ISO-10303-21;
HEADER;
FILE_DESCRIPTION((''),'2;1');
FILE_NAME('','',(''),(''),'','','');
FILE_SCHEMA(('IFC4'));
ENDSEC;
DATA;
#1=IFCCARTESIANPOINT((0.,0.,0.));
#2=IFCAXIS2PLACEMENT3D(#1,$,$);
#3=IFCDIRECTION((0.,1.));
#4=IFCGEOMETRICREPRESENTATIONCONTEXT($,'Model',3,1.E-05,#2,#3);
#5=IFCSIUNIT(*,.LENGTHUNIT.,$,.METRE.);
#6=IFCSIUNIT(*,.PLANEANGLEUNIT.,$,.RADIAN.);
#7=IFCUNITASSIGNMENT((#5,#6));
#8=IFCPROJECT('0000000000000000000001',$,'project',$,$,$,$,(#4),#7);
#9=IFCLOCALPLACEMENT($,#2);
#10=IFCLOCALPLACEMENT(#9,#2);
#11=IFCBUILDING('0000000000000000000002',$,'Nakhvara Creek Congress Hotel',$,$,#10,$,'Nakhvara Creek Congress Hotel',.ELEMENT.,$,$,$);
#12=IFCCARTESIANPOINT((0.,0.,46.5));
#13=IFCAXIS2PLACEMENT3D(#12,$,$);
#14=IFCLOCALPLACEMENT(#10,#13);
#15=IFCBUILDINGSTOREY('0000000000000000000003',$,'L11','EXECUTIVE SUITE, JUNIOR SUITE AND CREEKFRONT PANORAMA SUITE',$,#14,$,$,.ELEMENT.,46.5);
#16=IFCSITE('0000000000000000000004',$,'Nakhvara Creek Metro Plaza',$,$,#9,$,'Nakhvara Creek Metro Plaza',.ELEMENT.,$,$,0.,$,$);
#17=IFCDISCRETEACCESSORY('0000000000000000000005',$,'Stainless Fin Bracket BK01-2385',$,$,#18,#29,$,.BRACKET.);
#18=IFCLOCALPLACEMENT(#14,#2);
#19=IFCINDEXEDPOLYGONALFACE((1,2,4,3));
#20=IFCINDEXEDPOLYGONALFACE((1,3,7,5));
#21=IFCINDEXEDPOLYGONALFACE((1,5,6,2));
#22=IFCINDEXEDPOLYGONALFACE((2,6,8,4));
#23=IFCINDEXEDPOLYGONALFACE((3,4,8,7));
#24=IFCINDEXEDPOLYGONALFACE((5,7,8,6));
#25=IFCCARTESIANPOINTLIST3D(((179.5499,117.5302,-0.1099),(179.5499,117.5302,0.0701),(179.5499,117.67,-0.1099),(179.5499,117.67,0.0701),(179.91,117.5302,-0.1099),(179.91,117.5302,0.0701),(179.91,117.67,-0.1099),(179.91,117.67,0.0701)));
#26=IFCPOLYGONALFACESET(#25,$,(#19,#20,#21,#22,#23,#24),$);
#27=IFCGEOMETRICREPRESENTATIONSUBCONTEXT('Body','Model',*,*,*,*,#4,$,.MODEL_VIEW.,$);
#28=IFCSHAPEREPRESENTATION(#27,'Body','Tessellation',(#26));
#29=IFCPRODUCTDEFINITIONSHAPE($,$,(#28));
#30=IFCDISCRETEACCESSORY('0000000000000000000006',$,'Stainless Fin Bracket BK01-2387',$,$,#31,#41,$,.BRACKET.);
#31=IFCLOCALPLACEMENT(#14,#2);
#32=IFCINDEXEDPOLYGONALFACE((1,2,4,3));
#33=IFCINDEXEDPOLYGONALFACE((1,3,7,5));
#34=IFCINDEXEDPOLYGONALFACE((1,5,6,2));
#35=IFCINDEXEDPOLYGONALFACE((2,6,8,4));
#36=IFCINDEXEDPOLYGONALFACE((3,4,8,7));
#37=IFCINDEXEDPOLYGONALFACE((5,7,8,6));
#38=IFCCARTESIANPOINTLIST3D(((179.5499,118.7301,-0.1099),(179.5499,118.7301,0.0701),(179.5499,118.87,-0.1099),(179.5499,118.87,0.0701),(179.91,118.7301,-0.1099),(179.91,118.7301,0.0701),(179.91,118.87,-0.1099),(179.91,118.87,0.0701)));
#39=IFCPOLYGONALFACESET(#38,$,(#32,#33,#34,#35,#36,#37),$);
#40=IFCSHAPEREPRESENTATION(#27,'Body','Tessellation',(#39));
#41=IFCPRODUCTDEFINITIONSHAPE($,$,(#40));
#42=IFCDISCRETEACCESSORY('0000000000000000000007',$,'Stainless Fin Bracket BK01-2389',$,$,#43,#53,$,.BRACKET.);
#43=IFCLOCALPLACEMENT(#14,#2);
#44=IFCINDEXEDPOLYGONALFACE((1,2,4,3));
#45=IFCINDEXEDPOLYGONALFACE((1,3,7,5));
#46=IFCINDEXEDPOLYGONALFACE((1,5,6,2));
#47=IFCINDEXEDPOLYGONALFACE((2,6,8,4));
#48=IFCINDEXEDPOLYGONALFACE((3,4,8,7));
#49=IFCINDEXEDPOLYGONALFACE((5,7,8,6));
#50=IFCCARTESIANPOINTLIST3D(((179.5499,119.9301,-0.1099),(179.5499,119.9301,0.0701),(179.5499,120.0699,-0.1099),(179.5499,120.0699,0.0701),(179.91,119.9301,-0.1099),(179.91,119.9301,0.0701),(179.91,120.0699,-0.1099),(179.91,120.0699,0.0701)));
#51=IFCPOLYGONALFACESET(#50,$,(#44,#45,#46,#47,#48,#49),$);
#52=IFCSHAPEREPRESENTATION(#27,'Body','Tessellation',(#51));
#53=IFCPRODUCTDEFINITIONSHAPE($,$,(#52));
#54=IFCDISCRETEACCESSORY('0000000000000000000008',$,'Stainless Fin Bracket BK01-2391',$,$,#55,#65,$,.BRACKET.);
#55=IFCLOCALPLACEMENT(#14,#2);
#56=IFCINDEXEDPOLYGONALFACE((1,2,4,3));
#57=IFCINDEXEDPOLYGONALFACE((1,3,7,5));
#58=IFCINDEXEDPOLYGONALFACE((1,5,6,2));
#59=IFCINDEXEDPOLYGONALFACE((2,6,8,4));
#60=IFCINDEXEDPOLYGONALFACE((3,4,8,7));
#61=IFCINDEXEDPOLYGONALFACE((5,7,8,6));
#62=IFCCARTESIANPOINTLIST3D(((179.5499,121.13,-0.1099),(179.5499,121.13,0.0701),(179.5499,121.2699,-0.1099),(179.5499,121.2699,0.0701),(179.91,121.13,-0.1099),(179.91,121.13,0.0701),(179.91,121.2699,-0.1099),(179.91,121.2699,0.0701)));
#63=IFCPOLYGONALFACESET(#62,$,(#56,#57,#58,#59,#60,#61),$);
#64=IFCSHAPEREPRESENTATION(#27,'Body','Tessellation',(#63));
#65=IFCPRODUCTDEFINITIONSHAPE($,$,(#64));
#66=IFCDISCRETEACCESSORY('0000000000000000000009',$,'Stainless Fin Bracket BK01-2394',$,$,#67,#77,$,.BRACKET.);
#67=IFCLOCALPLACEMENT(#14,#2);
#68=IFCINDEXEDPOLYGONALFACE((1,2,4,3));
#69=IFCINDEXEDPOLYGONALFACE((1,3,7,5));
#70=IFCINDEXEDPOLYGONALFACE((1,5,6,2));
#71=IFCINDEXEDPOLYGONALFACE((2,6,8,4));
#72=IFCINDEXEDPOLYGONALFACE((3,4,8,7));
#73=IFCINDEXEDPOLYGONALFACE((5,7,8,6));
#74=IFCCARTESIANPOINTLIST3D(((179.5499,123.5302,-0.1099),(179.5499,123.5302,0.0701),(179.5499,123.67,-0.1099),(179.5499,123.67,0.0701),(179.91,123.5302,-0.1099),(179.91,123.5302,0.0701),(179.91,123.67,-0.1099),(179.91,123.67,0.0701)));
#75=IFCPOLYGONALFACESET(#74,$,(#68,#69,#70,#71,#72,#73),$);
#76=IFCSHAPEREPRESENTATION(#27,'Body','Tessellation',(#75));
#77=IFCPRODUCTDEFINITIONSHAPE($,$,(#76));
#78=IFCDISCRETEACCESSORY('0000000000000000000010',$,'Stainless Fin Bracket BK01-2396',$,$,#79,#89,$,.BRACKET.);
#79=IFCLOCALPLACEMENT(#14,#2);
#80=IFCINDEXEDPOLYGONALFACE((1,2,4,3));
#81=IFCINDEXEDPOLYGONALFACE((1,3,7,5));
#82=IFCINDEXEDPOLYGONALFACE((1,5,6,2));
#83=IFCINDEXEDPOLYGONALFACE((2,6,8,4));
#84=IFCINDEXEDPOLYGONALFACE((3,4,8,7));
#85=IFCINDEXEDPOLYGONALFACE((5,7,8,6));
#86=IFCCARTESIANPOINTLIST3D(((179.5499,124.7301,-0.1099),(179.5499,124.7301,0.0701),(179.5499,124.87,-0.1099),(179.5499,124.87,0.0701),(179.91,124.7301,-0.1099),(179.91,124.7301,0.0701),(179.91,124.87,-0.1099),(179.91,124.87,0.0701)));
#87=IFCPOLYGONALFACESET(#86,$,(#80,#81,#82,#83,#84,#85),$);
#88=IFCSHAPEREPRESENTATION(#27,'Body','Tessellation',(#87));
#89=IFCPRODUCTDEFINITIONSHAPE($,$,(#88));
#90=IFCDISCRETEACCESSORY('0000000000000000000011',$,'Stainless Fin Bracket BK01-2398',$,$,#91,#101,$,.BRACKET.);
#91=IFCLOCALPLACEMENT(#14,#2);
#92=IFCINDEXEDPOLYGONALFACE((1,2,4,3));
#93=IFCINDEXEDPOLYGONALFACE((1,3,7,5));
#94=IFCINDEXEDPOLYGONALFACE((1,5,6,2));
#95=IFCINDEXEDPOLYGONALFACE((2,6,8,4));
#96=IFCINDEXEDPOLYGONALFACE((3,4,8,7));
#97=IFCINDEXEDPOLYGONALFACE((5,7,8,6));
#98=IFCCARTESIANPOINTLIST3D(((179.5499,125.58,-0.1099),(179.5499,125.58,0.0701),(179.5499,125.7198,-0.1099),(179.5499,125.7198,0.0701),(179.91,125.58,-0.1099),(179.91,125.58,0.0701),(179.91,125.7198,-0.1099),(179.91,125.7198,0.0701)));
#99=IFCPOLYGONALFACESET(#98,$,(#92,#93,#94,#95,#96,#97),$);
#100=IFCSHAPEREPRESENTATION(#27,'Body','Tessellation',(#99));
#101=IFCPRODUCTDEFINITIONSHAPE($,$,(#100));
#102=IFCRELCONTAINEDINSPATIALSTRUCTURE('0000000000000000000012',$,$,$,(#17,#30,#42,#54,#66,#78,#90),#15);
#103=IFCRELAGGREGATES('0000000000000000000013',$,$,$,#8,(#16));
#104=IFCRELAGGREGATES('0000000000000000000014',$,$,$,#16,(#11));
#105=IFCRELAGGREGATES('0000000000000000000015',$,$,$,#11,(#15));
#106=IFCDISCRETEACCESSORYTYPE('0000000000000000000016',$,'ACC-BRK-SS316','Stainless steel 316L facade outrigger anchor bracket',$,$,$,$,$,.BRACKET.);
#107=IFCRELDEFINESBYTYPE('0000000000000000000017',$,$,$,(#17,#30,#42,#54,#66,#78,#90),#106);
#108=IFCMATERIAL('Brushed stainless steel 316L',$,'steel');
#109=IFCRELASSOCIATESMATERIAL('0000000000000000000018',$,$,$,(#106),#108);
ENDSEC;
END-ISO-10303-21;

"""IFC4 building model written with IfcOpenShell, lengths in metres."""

from ifc_helpers import new_model, si_unit, direction, frame, origin, origin_2d, place, context, subcontext, project, spatial, rectangle, extrude, material, type_object, element, save


model = new_model("IFC4")

# Units and contexts
model_context = context("Model", 3, precision=1e-05, world=origin(), true_north=direction((0.0, 1.0)))
body_context = subcontext(model_context, "Body", "Model", "MODEL_VIEW")
ifc_project = project(units=[si_unit("LENGTHUNIT", "METRE"), si_unit("PLANEANGLEUNIT", "RADIAN")], contexts=[model_context])

# Site, building, storey
site_placement = place(None, origin())
site = spatial("IfcSite", under=ifc_project, at=site_placement, Name="Nakhvara Creek Metro Plaza", LongName="Nakhvara Creek Metro Plaza", CompositionType="ELEMENT", RefElevation=0.0)
building_placement = place(site_placement, origin())
building = spatial("IfcBuilding", under=site, at=building_placement, Name="Nakhvara Creek Congress Hotel", LongName="Nakhvara Creek Congress Hotel", CompositionType="ELEMENT")
storey_placement = place(building_placement, frame((0.0, 0.0, 46.5)))
storey = spatial("IfcBuildingStorey", under=building, at=storey_placement, Name="L11", Description="EXECUTIVE SUITE, JUNIOR SUITE AND CREEKFRONT PANORAMA SUITE", CompositionType="ELEMENT", Elevation=46.5)

# Discrete accessories
ifc_material_1 = material(Name="Brushed stainless steel 316L", Category="steel")
discrete_accessory_type = type_object("IfcDiscreteAccessoryType", Name="ACC-BRK-SS316", Description="Stainless steel 316L facade outrigger anchor bracket", PredefinedType="BRACKET", material=ifc_material_1)
for number, where, z_axis, x_axis, name in (
    (1, (179.73, 117.6001, -0.1099), (0.0, 0.0, 1.0), (0.0, 1.0, 0.0), "Stainless Fin Bracket BK01-2385"),
    (2, (179.73, 118.8, -0.1099), (0.0, 0.0, 1.0), (0.0, 1.0, 0.0), "Stainless Fin Bracket BK01-2387"),
    (3, (179.73, 120.0, -0.1099), (0.0, 0.0, 1.0), (0.0, 1.0, 0.0), "Stainless Fin Bracket BK01-2389"),
    (4, (179.73, 121.2, -0.1099), (0.0, 0.0, 1.0), (0.0, 1.0, 0.0), "Stainless Fin Bracket BK01-2391"),
    (5, (179.73, 123.6001, -0.1099), (0.0, 0.0, 1.0), (0.0, 1.0, 0.0), "Stainless Fin Bracket BK01-2394"),
    (6, (179.73, 124.8, -0.1099), (0.0, 0.0, 1.0), (0.0, 1.0, 0.0), "Stainless Fin Bracket BK01-2396"),
    (7, (179.73, 125.6499, -0.1099), (0.0, 0.0, 1.0), (0.0, 1.0, 0.0), "Stainless Fin Bracket BK01-2398"),
):
    element("IfcDiscreteAccessory", number, at=place(storey_placement, frame(where, z_axis=z_axis, x_axis=x_axis)), inside=storey, type_object=discrete_accessory_type, Name=name, PredefinedType="BRACKET", context=body_context, shape_type="SweptSolid", body=[
        extrude(rectangle(XDim=0.1399, YDim=0.3601, at=origin_2d()), origin(), (0.0, 0.0, 1.0), 0.1799),
    ])

save(model, "model.ifc")
